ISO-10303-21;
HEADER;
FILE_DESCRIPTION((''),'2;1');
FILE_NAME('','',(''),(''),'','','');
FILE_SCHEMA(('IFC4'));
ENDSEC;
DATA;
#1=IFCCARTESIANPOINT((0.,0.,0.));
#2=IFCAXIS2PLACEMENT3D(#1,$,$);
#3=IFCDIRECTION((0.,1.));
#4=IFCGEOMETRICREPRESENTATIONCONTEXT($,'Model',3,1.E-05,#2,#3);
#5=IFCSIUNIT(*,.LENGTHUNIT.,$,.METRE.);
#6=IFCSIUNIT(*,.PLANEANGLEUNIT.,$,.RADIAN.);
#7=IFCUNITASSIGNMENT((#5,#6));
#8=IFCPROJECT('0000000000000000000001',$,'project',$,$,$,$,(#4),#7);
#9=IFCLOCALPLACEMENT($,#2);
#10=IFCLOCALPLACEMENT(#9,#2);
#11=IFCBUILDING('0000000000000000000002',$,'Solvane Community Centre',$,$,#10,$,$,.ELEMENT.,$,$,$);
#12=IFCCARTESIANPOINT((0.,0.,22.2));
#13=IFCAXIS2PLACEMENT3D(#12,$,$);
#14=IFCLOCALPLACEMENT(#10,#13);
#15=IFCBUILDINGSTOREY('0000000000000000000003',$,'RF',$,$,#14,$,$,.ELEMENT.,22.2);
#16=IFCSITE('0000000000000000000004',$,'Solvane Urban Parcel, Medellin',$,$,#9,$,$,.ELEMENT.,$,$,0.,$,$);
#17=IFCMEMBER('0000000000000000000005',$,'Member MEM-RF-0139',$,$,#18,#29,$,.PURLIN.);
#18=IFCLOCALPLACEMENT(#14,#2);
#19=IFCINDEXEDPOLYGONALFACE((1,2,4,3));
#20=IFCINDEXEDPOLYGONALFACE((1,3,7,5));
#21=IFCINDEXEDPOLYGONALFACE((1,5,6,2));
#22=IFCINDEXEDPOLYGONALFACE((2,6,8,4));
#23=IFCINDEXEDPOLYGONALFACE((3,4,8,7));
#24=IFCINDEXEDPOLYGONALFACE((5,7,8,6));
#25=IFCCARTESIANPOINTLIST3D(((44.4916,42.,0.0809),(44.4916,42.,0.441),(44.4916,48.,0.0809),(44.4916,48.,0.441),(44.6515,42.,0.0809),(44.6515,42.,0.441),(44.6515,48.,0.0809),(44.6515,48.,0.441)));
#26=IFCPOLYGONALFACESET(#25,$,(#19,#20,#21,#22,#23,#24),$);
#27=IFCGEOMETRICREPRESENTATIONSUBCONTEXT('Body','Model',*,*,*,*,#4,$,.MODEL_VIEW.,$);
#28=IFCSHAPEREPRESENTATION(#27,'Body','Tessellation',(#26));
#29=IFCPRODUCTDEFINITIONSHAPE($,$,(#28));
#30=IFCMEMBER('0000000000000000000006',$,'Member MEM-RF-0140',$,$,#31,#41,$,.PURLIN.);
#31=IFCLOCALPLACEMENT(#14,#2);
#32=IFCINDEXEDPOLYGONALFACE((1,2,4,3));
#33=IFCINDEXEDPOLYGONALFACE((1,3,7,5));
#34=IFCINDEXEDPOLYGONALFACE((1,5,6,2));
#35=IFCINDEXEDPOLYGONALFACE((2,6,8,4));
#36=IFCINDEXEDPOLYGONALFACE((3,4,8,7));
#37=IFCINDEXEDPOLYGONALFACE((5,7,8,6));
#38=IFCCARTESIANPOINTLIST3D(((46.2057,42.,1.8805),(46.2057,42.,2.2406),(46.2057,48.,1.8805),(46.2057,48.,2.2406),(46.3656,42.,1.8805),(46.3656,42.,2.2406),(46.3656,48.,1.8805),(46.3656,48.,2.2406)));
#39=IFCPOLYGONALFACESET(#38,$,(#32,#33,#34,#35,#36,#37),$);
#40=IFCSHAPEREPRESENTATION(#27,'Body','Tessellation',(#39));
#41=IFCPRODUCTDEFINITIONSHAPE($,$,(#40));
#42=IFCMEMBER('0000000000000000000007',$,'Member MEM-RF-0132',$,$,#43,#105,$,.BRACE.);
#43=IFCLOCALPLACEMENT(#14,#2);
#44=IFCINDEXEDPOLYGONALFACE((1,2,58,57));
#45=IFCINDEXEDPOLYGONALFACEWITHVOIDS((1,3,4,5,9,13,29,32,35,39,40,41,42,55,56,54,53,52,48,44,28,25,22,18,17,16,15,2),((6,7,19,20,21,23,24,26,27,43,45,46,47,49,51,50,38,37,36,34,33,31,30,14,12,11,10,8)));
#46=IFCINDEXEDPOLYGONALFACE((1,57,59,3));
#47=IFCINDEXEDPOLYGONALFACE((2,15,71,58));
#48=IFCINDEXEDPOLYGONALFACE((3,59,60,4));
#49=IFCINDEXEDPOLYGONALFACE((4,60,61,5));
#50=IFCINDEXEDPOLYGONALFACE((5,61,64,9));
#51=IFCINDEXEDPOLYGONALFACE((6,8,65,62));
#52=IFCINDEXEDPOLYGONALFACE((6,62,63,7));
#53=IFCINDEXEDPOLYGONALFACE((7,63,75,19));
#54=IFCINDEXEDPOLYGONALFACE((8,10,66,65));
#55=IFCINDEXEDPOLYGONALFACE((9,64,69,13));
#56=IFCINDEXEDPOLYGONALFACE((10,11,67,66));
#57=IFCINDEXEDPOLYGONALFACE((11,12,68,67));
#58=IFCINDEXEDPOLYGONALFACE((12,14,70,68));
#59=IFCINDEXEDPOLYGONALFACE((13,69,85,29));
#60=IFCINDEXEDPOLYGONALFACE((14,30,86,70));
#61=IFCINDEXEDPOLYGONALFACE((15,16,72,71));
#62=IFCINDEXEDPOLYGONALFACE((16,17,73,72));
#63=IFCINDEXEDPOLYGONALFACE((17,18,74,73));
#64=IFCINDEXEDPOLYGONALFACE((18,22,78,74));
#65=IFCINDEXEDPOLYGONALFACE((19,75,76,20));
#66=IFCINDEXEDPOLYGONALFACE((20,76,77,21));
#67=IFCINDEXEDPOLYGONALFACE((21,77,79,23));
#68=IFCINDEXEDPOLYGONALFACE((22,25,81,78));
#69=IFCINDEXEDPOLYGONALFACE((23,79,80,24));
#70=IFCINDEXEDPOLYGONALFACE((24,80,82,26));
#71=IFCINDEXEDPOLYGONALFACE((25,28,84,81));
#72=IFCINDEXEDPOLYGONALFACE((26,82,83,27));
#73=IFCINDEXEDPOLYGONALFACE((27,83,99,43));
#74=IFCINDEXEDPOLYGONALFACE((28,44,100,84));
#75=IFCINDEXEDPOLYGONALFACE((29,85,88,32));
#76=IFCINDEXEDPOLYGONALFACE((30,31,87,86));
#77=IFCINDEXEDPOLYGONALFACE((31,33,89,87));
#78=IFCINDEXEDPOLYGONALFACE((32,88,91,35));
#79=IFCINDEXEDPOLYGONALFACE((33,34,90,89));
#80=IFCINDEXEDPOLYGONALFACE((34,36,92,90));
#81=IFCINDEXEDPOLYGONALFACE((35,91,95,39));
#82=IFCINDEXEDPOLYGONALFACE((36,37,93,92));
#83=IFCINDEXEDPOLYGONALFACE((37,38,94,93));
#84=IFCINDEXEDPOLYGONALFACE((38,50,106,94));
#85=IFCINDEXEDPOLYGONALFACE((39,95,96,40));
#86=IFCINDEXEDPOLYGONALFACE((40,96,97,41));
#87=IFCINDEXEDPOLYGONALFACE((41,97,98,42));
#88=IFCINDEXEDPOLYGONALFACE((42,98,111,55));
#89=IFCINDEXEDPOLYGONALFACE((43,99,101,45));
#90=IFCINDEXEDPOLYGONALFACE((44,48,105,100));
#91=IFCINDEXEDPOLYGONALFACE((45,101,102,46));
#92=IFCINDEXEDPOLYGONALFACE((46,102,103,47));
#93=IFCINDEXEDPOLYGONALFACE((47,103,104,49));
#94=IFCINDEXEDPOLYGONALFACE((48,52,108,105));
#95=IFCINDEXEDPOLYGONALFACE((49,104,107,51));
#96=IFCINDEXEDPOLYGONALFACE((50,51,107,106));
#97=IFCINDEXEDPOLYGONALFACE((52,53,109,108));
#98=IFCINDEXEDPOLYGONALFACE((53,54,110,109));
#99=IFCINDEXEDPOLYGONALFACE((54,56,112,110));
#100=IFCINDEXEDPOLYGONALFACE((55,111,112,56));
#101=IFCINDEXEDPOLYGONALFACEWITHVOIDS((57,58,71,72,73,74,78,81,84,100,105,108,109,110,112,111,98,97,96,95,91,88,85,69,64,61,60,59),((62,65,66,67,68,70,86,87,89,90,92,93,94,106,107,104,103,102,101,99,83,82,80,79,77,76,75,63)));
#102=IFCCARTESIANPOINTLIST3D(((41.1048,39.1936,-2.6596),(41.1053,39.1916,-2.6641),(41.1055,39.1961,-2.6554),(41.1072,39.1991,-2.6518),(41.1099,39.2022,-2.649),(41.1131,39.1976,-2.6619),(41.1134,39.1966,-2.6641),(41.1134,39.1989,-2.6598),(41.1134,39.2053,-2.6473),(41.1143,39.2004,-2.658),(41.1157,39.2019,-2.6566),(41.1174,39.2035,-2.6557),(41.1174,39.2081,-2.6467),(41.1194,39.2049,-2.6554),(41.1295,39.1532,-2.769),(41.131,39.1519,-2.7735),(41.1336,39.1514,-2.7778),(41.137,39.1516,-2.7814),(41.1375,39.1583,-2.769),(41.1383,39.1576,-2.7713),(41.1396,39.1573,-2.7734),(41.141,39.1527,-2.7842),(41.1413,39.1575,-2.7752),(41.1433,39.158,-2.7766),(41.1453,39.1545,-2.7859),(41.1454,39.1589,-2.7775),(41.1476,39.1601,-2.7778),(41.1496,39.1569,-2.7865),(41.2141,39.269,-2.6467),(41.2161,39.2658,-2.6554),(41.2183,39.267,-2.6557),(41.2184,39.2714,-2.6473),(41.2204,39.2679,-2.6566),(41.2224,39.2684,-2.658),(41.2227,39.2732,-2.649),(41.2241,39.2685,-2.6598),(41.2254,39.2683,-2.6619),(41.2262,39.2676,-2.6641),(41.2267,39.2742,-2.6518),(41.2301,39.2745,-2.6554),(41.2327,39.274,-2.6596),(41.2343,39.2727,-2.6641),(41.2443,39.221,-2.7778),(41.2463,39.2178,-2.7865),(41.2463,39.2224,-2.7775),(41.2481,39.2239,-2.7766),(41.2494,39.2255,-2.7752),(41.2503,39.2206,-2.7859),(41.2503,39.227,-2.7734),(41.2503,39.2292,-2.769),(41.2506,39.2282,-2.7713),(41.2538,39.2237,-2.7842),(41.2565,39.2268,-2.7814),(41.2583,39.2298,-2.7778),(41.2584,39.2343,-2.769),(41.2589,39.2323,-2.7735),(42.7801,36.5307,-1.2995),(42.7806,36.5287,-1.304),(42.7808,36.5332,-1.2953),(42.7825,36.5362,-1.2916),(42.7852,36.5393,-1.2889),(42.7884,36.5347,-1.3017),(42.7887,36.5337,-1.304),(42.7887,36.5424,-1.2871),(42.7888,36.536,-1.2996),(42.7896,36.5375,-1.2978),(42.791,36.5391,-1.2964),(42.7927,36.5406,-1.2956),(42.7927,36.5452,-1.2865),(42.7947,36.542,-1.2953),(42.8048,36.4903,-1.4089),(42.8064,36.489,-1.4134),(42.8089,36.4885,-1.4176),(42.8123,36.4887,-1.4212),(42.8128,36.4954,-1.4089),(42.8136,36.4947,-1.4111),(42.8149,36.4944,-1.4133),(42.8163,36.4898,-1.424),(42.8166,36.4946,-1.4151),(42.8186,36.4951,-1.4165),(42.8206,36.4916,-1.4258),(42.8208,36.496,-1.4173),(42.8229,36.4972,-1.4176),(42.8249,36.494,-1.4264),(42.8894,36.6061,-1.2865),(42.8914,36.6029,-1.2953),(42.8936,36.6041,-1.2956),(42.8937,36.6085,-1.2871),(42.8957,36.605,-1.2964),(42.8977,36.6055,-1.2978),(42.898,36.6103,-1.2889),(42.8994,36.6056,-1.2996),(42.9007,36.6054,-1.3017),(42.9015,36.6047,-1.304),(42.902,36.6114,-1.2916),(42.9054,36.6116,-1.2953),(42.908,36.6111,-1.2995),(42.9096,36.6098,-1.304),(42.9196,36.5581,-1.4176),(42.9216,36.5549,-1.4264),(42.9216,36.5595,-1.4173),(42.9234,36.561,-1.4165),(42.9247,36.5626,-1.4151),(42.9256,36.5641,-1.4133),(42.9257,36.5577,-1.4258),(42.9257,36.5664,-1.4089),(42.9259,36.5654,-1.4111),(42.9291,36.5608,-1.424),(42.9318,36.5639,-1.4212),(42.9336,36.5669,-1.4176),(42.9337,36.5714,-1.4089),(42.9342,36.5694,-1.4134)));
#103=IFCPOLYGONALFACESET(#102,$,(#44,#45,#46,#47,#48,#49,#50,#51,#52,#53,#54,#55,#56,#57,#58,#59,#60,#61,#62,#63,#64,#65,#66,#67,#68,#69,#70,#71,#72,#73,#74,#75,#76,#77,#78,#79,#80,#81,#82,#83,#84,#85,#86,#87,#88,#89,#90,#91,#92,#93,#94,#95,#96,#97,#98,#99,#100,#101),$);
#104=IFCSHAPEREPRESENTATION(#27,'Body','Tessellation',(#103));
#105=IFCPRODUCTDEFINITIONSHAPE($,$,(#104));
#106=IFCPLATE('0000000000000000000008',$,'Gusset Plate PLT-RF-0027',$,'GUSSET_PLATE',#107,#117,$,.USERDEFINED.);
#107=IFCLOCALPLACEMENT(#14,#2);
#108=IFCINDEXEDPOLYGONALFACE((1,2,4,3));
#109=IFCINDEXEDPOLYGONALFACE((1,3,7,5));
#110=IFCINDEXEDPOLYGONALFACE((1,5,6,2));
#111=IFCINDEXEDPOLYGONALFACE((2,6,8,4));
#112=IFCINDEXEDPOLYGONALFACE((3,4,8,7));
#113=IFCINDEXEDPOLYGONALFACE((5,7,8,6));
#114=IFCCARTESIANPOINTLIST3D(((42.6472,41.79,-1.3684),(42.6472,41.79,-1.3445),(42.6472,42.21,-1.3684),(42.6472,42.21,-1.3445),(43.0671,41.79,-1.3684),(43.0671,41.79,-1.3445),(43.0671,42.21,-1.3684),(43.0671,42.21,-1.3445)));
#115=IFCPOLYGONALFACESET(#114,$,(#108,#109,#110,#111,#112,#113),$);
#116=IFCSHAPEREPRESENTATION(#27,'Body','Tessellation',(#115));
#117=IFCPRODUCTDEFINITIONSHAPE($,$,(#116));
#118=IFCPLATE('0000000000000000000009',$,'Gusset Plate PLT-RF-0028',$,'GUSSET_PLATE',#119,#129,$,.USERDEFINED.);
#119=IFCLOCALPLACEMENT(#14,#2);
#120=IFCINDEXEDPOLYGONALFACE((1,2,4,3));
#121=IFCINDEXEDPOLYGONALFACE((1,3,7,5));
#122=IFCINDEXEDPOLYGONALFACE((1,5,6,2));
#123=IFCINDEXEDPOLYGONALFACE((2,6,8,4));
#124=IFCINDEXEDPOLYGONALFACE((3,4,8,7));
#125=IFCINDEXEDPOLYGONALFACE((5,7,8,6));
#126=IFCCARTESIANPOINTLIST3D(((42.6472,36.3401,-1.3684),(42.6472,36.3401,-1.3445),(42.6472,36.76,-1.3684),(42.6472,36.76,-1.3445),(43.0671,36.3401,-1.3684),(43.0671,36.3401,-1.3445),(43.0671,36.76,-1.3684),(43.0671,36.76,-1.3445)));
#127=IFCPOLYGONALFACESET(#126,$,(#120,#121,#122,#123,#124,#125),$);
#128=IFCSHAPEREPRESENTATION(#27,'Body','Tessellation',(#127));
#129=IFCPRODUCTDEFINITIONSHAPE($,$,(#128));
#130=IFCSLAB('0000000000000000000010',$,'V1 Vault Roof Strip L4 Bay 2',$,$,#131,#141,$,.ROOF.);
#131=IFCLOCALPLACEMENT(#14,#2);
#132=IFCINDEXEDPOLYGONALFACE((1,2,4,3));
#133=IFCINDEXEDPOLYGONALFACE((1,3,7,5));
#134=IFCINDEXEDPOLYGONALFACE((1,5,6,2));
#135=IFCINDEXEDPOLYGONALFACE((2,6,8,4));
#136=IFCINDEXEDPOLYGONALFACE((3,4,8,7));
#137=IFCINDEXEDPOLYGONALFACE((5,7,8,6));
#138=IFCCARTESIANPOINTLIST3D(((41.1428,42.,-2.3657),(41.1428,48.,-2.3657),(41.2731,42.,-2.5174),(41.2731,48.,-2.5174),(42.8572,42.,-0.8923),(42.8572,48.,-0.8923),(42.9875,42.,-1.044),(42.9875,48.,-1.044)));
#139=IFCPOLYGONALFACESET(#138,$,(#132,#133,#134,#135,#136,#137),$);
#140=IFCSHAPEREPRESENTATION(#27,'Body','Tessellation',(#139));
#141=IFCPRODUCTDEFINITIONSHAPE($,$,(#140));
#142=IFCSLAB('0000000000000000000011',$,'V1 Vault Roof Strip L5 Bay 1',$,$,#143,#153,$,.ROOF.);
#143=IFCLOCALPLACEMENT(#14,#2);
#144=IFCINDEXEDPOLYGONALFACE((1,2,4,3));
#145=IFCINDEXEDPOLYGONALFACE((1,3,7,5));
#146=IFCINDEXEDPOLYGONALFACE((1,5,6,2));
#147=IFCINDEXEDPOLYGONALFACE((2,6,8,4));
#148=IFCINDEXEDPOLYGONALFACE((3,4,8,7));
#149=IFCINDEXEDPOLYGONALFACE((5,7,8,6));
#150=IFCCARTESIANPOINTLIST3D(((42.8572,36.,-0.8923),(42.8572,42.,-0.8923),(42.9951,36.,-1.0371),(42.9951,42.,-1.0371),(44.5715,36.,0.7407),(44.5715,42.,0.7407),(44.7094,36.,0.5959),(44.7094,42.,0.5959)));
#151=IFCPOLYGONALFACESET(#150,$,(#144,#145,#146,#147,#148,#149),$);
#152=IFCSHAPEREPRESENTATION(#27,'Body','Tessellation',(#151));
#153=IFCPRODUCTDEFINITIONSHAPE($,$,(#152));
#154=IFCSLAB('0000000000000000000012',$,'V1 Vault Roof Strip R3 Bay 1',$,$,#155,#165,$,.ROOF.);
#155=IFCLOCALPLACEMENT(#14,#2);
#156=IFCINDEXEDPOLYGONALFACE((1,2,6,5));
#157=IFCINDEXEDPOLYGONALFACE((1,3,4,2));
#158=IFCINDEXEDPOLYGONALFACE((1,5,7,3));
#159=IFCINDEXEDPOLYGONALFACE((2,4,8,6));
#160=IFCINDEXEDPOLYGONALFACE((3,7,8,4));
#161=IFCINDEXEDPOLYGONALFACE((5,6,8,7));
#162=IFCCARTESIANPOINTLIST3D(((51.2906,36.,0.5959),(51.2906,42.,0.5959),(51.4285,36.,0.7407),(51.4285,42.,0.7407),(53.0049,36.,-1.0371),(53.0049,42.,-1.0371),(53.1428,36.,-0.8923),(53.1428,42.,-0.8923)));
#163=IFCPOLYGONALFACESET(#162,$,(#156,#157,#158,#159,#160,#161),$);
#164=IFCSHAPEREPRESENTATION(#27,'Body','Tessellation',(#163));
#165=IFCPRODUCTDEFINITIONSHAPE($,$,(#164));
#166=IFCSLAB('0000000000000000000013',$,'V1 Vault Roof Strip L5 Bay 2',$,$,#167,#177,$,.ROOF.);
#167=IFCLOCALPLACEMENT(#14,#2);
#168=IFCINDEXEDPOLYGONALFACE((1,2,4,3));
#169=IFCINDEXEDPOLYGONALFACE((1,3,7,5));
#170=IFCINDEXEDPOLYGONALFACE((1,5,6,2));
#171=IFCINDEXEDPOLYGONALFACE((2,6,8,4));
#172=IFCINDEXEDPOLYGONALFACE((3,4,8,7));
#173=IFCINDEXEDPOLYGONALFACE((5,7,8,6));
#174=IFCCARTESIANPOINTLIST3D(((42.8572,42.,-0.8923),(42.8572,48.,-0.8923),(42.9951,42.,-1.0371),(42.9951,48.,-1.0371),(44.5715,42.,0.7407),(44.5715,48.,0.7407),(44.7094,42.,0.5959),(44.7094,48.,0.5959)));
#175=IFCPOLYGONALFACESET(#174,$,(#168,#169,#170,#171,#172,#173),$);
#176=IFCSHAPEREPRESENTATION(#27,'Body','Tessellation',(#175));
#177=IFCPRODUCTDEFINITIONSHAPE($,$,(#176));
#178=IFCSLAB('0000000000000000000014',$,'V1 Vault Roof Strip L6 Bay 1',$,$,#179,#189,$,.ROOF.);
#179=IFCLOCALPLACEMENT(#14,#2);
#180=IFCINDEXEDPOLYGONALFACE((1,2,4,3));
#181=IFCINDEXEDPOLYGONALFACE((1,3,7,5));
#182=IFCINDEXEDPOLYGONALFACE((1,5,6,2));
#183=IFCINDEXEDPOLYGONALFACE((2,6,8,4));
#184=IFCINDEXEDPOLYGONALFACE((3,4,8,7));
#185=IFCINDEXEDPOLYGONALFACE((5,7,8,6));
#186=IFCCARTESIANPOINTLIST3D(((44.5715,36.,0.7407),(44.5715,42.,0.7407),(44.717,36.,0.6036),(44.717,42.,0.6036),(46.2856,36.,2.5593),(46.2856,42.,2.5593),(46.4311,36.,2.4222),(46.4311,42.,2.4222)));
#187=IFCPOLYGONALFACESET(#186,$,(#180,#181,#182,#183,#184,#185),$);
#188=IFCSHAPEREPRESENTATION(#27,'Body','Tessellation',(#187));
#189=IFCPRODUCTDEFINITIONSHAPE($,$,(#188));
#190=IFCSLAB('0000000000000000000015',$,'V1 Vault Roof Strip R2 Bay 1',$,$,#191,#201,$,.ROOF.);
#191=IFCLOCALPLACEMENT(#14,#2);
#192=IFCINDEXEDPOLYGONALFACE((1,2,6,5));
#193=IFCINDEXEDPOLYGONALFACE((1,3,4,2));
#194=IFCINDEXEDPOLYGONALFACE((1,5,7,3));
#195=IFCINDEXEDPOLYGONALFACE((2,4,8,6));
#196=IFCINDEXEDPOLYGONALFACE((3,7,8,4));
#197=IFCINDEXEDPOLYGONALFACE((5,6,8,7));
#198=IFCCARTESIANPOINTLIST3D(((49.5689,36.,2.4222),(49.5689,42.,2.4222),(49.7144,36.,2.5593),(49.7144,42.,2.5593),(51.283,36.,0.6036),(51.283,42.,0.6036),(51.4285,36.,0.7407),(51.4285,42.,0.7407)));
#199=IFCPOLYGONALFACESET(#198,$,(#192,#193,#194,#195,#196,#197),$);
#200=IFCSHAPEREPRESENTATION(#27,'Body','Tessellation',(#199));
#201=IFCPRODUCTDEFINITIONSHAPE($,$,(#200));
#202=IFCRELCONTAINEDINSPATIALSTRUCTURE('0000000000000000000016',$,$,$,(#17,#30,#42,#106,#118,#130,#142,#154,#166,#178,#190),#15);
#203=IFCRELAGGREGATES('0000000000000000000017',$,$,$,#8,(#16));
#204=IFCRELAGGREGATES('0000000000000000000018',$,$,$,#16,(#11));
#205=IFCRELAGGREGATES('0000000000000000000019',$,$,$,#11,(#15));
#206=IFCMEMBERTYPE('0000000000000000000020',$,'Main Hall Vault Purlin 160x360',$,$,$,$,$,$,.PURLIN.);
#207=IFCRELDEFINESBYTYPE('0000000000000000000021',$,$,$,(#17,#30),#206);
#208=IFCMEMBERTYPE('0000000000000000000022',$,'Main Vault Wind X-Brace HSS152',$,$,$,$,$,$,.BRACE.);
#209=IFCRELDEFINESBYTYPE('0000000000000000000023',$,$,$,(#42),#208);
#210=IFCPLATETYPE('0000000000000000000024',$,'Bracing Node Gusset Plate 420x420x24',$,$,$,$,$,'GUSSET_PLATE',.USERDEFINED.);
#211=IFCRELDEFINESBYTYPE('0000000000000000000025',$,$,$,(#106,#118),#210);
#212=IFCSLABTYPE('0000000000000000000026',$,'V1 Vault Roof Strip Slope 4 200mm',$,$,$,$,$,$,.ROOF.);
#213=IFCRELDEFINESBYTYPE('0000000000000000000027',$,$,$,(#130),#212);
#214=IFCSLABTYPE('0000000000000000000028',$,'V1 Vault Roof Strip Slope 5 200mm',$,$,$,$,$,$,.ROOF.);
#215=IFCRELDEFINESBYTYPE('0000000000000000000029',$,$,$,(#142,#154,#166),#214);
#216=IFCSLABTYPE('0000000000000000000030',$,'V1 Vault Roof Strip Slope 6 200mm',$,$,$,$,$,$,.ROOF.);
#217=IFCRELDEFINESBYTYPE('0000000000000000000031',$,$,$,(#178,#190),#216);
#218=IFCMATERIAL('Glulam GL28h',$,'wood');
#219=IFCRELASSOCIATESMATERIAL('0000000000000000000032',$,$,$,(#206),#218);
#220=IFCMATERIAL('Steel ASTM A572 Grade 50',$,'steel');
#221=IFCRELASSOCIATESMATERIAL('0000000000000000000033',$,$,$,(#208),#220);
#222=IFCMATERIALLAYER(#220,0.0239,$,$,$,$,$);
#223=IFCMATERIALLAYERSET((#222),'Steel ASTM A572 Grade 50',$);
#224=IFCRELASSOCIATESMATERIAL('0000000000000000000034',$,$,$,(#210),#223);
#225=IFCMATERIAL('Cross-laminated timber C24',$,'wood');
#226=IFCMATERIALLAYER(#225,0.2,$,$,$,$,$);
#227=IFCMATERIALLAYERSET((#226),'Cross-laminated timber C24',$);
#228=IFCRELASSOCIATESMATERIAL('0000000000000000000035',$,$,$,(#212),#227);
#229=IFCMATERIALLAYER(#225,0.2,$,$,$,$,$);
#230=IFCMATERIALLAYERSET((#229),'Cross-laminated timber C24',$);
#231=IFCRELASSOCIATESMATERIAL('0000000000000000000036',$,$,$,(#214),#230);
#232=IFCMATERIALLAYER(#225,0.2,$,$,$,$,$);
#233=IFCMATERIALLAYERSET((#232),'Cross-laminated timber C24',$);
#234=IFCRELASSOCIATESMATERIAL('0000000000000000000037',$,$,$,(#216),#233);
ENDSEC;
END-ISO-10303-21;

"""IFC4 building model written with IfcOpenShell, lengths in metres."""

from ifc_helpers import new_model, si_unit, direction, frame, origin, origin_2d, place, context, subcontext, project, spatial, polyline, rectangle, hollow_rectangle, outline, extrude, material, layer, layer_set, material_profile, profile_set, type_object, element, save


model = new_model("IFC4")

# Units and contexts
model_context = context("Model", 3, precision=1e-05, world=origin(), true_north=direction((0.0, 1.0)))
body_context = subcontext(model_context, "Body", "Model", "MODEL_VIEW")
ifc_project = project(units=[si_unit("LENGTHUNIT", "METRE"), si_unit("PLANEANGLEUNIT", "RADIAN")], contexts=[model_context])

# Site, building, storey
site_placement = place(None, origin())
site = spatial("IfcSite", under=ifc_project, at=site_placement, Name="Solvane Urban Parcel, Medellin", CompositionType="ELEMENT", RefElevation=0.0)
building_placement = place(site_placement, origin())
building = spatial("IfcBuilding", under=site, at=building_placement, Name="Solvane Community Centre", CompositionType="ELEMENT")
storey_placement = place(building_placement, frame((0.0, 0.0, 22.2)))
storey = spatial("IfcBuildingStorey", under=building, at=storey_placement, Name="RF", CompositionType="ELEMENT", Elevation=22.2)

# Members
ifc_material_1 = material(Name="Glulam GL28h", Category="wood")
ifc_material_profile_1 = material_profile(ifc_material_1, rectangle(XDim=0.1599, YDim=0.3601, at=origin_2d()), Name="GL28h 160x360")
ifc_profile_set_1 = profile_set([ifc_material_profile_1], Name="Glulam GL28h")
member_type_1 = type_object("IfcMemberType", Name="Main Hall Vault Purlin 160x360", PredefinedType="PURLIN", material=ifc_profile_set_1)
for number, where, z_axis, x_axis, name in (
    (1, (44.5715, 42.0, 0.261), (0.0, 1.0, 0.0), (-1.0, 0.0, 0.0), "Member MEM-RF-0139"),
    (2, (46.2856, 42.0, 2.0605), (0.0, 1.0, 0.0), (-1.0, 0.0, 0.0), "Member MEM-RF-0140"),
):
    element("IfcMember", number, at=place(storey_placement, frame(where, z_axis=z_axis, x_axis=x_axis)), inside=storey, type_object=member_type_1, Name=name, PredefinedType="PURLIN", context=body_context, shape_type="SweptSolid", body=[
        extrude(rectangle(XDim=0.1599, YDim=0.3601, at=origin_2d()), origin(), (0.0, 0.0, 1.0), 6.0),
    ])
ifc_material_2 = material(Name="Steel ASTM A572 Grade 50", Category="steel")
ifc_material_profile_2 = material_profile(ifc_material_2, hollow_rectangle(XDim=0.1523, YDim=0.1523, WallThickness=0.0095, InnerFilletRadius=0.0095, OuterFilletRadius=0.019, at=origin_2d()), Name="HSS 152x152x9.5")
ifc_profile_set_2 = profile_set([ifc_material_profile_2], Name="Steel ASTM A572 Grade 50")
member_type_2 = type_object("IfcMemberType", Name="Main Vault Wind X-Brace HSS152", PredefinedType="BRACE", material=ifc_profile_set_2)
member_1_placement = place(storey_placement, frame((42.8572, 36.55, -1.3564), z_axis=(-0.488791, 0.776923, -0.396831), x_axis=(-0.846421, -0.532515, 0.0)))
element("IfcMember", 3, at=member_1_placement, inside=storey, type_object=member_type_2, Name="Member MEM-RF-0132", PredefinedType="BRACE", context=body_context, shape_type="SweptSolid", body=[
    extrude(hollow_rectangle(XDim=0.1523, YDim=0.1523, WallThickness=0.0095, InnerFilletRadius=0.0095, OuterFilletRadius=0.019, at=origin_2d()), origin(), (0.0, 0.0, 1.0), 3.4275),
])

# Plates
ifc_layer_1 = layer(ifc_material_2, 0.0239)
ifc_layer_set_1 = layer_set([ifc_layer_1], Name="Steel ASTM A572 Grade 50")
plate_type_1 = type_object("IfcPlateType", Name="Bracing Node Gusset Plate 420x420x24", ElementType="GUSSET_PLATE", PredefinedType="USERDEFINED", material=ifc_layer_set_1)
for number, where, z_axis, x_axis, name in (
    (4, (42.8572, 42.0, -1.3684), (0.0, 0.0, 1.0), (1.0, 0.0, 0.0), "Gusset Plate PLT-RF-0027"),
    (5, (42.8572, 36.55, -1.3684), (0.0, 0.0, 1.0), (1.0, 0.0, 0.0), "Gusset Plate PLT-RF-0028"),
):
    element("IfcPlate", number, at=place(storey_placement, frame(where, z_axis=z_axis, x_axis=x_axis)), inside=storey, type_object=plate_type_1, Name=name, ObjectType="GUSSET_PLATE", PredefinedType="USERDEFINED", context=body_context, shape_type="SweptSolid", body=[
        extrude(rectangle(XDim=0.4199, YDim=0.4199, at=origin_2d()), origin(), (0.0, 0.0, 1.0), 0.0239),
    ])

# Slabs
ifc_material_3 = material(Name="Cross-laminated timber C24", Category="wood")
ifc_layer_2 = layer(ifc_material_3, 0.2)
ifc_layer_set_2 = layer_set([ifc_layer_2], Name="Cross-laminated timber C24")
slab_type_1 = type_object("IfcSlabType", Name="V1 Vault Roof Strip Slope 4 200mm", PredefinedType="ROOF", material=ifc_layer_set_2)
slab_placement = place(storey_placement, frame((41.1428, 42.0, -2.3657), z_axis=(-0.651796, 0.0, 0.758394), x_axis=(0.758394, 0.0, 0.651796)))
element("IfcSlab", 6, at=slab_placement, inside=storey, type_object=slab_type_1, Name="V1 Vault Roof Strip L4 Bay 2", PredefinedType="ROOF", context=body_context, shape_type="SweptSolid", body=[
    extrude(outline(polyline([(0.0, 0.0), (2.2605, 0.0), (2.2605, 6.0), (0.0, 6.0), (0.0, 0.0)])), origin(), (0.0, 0.0, -1.0), 0.2),
])
ifc_layer_3 = layer(ifc_material_3, 0.2)
ifc_layer_set_3 = layer_set([ifc_layer_3], Name="Cross-laminated timber C24")
slab_type_2 = type_object("IfcSlabType", Name="V1 Vault Roof Strip Slope 5 200mm", PredefinedType="ROOF", material=ifc_layer_set_3)
for number, where, z_axis, x_axis, name in (
    (7, (42.8572, 36.0, -0.8923), (-0.68973, 0.0, 0.724067), (0.724067, 0.0, 0.68973), "V1 Vault Roof Strip L5 Bay 1"),
    (8, (51.4285, 36.0, 0.7407), (0.68973, 0.0, 0.724067), (0.724067, 0.0, -0.68973), "V1 Vault Roof Strip R3 Bay 1"),
    (9, (42.8572, 42.0, -0.8923), (-0.68973, 0.0, 0.724067), (0.724067, 0.0, 0.68973), "V1 Vault Roof Strip L5 Bay 2"),
):
    element("IfcSlab", number, at=place(storey_placement, frame(where, z_axis=z_axis, x_axis=x_axis)), inside=storey, type_object=slab_type_2, Name=name, PredefinedType="ROOF", context=body_context, shape_type="SweptSolid", body=[
        extrude(outline(polyline([(0.0, 0.0), (2.3677, 0.0), (2.3677, 6.0), (0.0, 6.0), (0.0, 0.0)])), origin(), (0.0, 0.0, -1.0), 0.2),
    ])
ifc_layer_4 = layer(ifc_material_3, 0.2)
ifc_layer_set_4 = layer_set([ifc_layer_4], Name="Cross-laminated timber C24")
slab_type_3 = type_object("IfcSlabType", Name="V1 Vault Roof Strip Slope 6 200mm", PredefinedType="ROOF", material=ifc_layer_set_4)
for number, where, z_axis, x_axis, name in (
    (10, (44.5715, 36.0, 0.7407), (-0.727704, 0.0, 0.685892), (0.685892, 0.0, 0.727704), "V1 Vault Roof Strip L6 Bay 1"),
    (11, (49.7144, 36.0, 2.5593), (0.727704, 0.0, 0.685892), (0.685892, 0.0, -0.727704), "V1 Vault Roof Strip R2 Bay 1"),
):
    element("IfcSlab", number, at=place(storey_placement, frame(where, z_axis=z_axis, x_axis=x_axis)), inside=storey, type_object=slab_type_3, Name=name, PredefinedType="ROOF", context=body_context, shape_type="SweptSolid", body=[
        extrude(outline(polyline([(0.0, 0.0), (2.4991, 0.0), (2.4991, 6.0), (0.0, 6.0), (0.0, 0.0)])), origin(), (0.0, 0.0, -1.0), 0.2),
    ])

save(model, "model.ifc")
